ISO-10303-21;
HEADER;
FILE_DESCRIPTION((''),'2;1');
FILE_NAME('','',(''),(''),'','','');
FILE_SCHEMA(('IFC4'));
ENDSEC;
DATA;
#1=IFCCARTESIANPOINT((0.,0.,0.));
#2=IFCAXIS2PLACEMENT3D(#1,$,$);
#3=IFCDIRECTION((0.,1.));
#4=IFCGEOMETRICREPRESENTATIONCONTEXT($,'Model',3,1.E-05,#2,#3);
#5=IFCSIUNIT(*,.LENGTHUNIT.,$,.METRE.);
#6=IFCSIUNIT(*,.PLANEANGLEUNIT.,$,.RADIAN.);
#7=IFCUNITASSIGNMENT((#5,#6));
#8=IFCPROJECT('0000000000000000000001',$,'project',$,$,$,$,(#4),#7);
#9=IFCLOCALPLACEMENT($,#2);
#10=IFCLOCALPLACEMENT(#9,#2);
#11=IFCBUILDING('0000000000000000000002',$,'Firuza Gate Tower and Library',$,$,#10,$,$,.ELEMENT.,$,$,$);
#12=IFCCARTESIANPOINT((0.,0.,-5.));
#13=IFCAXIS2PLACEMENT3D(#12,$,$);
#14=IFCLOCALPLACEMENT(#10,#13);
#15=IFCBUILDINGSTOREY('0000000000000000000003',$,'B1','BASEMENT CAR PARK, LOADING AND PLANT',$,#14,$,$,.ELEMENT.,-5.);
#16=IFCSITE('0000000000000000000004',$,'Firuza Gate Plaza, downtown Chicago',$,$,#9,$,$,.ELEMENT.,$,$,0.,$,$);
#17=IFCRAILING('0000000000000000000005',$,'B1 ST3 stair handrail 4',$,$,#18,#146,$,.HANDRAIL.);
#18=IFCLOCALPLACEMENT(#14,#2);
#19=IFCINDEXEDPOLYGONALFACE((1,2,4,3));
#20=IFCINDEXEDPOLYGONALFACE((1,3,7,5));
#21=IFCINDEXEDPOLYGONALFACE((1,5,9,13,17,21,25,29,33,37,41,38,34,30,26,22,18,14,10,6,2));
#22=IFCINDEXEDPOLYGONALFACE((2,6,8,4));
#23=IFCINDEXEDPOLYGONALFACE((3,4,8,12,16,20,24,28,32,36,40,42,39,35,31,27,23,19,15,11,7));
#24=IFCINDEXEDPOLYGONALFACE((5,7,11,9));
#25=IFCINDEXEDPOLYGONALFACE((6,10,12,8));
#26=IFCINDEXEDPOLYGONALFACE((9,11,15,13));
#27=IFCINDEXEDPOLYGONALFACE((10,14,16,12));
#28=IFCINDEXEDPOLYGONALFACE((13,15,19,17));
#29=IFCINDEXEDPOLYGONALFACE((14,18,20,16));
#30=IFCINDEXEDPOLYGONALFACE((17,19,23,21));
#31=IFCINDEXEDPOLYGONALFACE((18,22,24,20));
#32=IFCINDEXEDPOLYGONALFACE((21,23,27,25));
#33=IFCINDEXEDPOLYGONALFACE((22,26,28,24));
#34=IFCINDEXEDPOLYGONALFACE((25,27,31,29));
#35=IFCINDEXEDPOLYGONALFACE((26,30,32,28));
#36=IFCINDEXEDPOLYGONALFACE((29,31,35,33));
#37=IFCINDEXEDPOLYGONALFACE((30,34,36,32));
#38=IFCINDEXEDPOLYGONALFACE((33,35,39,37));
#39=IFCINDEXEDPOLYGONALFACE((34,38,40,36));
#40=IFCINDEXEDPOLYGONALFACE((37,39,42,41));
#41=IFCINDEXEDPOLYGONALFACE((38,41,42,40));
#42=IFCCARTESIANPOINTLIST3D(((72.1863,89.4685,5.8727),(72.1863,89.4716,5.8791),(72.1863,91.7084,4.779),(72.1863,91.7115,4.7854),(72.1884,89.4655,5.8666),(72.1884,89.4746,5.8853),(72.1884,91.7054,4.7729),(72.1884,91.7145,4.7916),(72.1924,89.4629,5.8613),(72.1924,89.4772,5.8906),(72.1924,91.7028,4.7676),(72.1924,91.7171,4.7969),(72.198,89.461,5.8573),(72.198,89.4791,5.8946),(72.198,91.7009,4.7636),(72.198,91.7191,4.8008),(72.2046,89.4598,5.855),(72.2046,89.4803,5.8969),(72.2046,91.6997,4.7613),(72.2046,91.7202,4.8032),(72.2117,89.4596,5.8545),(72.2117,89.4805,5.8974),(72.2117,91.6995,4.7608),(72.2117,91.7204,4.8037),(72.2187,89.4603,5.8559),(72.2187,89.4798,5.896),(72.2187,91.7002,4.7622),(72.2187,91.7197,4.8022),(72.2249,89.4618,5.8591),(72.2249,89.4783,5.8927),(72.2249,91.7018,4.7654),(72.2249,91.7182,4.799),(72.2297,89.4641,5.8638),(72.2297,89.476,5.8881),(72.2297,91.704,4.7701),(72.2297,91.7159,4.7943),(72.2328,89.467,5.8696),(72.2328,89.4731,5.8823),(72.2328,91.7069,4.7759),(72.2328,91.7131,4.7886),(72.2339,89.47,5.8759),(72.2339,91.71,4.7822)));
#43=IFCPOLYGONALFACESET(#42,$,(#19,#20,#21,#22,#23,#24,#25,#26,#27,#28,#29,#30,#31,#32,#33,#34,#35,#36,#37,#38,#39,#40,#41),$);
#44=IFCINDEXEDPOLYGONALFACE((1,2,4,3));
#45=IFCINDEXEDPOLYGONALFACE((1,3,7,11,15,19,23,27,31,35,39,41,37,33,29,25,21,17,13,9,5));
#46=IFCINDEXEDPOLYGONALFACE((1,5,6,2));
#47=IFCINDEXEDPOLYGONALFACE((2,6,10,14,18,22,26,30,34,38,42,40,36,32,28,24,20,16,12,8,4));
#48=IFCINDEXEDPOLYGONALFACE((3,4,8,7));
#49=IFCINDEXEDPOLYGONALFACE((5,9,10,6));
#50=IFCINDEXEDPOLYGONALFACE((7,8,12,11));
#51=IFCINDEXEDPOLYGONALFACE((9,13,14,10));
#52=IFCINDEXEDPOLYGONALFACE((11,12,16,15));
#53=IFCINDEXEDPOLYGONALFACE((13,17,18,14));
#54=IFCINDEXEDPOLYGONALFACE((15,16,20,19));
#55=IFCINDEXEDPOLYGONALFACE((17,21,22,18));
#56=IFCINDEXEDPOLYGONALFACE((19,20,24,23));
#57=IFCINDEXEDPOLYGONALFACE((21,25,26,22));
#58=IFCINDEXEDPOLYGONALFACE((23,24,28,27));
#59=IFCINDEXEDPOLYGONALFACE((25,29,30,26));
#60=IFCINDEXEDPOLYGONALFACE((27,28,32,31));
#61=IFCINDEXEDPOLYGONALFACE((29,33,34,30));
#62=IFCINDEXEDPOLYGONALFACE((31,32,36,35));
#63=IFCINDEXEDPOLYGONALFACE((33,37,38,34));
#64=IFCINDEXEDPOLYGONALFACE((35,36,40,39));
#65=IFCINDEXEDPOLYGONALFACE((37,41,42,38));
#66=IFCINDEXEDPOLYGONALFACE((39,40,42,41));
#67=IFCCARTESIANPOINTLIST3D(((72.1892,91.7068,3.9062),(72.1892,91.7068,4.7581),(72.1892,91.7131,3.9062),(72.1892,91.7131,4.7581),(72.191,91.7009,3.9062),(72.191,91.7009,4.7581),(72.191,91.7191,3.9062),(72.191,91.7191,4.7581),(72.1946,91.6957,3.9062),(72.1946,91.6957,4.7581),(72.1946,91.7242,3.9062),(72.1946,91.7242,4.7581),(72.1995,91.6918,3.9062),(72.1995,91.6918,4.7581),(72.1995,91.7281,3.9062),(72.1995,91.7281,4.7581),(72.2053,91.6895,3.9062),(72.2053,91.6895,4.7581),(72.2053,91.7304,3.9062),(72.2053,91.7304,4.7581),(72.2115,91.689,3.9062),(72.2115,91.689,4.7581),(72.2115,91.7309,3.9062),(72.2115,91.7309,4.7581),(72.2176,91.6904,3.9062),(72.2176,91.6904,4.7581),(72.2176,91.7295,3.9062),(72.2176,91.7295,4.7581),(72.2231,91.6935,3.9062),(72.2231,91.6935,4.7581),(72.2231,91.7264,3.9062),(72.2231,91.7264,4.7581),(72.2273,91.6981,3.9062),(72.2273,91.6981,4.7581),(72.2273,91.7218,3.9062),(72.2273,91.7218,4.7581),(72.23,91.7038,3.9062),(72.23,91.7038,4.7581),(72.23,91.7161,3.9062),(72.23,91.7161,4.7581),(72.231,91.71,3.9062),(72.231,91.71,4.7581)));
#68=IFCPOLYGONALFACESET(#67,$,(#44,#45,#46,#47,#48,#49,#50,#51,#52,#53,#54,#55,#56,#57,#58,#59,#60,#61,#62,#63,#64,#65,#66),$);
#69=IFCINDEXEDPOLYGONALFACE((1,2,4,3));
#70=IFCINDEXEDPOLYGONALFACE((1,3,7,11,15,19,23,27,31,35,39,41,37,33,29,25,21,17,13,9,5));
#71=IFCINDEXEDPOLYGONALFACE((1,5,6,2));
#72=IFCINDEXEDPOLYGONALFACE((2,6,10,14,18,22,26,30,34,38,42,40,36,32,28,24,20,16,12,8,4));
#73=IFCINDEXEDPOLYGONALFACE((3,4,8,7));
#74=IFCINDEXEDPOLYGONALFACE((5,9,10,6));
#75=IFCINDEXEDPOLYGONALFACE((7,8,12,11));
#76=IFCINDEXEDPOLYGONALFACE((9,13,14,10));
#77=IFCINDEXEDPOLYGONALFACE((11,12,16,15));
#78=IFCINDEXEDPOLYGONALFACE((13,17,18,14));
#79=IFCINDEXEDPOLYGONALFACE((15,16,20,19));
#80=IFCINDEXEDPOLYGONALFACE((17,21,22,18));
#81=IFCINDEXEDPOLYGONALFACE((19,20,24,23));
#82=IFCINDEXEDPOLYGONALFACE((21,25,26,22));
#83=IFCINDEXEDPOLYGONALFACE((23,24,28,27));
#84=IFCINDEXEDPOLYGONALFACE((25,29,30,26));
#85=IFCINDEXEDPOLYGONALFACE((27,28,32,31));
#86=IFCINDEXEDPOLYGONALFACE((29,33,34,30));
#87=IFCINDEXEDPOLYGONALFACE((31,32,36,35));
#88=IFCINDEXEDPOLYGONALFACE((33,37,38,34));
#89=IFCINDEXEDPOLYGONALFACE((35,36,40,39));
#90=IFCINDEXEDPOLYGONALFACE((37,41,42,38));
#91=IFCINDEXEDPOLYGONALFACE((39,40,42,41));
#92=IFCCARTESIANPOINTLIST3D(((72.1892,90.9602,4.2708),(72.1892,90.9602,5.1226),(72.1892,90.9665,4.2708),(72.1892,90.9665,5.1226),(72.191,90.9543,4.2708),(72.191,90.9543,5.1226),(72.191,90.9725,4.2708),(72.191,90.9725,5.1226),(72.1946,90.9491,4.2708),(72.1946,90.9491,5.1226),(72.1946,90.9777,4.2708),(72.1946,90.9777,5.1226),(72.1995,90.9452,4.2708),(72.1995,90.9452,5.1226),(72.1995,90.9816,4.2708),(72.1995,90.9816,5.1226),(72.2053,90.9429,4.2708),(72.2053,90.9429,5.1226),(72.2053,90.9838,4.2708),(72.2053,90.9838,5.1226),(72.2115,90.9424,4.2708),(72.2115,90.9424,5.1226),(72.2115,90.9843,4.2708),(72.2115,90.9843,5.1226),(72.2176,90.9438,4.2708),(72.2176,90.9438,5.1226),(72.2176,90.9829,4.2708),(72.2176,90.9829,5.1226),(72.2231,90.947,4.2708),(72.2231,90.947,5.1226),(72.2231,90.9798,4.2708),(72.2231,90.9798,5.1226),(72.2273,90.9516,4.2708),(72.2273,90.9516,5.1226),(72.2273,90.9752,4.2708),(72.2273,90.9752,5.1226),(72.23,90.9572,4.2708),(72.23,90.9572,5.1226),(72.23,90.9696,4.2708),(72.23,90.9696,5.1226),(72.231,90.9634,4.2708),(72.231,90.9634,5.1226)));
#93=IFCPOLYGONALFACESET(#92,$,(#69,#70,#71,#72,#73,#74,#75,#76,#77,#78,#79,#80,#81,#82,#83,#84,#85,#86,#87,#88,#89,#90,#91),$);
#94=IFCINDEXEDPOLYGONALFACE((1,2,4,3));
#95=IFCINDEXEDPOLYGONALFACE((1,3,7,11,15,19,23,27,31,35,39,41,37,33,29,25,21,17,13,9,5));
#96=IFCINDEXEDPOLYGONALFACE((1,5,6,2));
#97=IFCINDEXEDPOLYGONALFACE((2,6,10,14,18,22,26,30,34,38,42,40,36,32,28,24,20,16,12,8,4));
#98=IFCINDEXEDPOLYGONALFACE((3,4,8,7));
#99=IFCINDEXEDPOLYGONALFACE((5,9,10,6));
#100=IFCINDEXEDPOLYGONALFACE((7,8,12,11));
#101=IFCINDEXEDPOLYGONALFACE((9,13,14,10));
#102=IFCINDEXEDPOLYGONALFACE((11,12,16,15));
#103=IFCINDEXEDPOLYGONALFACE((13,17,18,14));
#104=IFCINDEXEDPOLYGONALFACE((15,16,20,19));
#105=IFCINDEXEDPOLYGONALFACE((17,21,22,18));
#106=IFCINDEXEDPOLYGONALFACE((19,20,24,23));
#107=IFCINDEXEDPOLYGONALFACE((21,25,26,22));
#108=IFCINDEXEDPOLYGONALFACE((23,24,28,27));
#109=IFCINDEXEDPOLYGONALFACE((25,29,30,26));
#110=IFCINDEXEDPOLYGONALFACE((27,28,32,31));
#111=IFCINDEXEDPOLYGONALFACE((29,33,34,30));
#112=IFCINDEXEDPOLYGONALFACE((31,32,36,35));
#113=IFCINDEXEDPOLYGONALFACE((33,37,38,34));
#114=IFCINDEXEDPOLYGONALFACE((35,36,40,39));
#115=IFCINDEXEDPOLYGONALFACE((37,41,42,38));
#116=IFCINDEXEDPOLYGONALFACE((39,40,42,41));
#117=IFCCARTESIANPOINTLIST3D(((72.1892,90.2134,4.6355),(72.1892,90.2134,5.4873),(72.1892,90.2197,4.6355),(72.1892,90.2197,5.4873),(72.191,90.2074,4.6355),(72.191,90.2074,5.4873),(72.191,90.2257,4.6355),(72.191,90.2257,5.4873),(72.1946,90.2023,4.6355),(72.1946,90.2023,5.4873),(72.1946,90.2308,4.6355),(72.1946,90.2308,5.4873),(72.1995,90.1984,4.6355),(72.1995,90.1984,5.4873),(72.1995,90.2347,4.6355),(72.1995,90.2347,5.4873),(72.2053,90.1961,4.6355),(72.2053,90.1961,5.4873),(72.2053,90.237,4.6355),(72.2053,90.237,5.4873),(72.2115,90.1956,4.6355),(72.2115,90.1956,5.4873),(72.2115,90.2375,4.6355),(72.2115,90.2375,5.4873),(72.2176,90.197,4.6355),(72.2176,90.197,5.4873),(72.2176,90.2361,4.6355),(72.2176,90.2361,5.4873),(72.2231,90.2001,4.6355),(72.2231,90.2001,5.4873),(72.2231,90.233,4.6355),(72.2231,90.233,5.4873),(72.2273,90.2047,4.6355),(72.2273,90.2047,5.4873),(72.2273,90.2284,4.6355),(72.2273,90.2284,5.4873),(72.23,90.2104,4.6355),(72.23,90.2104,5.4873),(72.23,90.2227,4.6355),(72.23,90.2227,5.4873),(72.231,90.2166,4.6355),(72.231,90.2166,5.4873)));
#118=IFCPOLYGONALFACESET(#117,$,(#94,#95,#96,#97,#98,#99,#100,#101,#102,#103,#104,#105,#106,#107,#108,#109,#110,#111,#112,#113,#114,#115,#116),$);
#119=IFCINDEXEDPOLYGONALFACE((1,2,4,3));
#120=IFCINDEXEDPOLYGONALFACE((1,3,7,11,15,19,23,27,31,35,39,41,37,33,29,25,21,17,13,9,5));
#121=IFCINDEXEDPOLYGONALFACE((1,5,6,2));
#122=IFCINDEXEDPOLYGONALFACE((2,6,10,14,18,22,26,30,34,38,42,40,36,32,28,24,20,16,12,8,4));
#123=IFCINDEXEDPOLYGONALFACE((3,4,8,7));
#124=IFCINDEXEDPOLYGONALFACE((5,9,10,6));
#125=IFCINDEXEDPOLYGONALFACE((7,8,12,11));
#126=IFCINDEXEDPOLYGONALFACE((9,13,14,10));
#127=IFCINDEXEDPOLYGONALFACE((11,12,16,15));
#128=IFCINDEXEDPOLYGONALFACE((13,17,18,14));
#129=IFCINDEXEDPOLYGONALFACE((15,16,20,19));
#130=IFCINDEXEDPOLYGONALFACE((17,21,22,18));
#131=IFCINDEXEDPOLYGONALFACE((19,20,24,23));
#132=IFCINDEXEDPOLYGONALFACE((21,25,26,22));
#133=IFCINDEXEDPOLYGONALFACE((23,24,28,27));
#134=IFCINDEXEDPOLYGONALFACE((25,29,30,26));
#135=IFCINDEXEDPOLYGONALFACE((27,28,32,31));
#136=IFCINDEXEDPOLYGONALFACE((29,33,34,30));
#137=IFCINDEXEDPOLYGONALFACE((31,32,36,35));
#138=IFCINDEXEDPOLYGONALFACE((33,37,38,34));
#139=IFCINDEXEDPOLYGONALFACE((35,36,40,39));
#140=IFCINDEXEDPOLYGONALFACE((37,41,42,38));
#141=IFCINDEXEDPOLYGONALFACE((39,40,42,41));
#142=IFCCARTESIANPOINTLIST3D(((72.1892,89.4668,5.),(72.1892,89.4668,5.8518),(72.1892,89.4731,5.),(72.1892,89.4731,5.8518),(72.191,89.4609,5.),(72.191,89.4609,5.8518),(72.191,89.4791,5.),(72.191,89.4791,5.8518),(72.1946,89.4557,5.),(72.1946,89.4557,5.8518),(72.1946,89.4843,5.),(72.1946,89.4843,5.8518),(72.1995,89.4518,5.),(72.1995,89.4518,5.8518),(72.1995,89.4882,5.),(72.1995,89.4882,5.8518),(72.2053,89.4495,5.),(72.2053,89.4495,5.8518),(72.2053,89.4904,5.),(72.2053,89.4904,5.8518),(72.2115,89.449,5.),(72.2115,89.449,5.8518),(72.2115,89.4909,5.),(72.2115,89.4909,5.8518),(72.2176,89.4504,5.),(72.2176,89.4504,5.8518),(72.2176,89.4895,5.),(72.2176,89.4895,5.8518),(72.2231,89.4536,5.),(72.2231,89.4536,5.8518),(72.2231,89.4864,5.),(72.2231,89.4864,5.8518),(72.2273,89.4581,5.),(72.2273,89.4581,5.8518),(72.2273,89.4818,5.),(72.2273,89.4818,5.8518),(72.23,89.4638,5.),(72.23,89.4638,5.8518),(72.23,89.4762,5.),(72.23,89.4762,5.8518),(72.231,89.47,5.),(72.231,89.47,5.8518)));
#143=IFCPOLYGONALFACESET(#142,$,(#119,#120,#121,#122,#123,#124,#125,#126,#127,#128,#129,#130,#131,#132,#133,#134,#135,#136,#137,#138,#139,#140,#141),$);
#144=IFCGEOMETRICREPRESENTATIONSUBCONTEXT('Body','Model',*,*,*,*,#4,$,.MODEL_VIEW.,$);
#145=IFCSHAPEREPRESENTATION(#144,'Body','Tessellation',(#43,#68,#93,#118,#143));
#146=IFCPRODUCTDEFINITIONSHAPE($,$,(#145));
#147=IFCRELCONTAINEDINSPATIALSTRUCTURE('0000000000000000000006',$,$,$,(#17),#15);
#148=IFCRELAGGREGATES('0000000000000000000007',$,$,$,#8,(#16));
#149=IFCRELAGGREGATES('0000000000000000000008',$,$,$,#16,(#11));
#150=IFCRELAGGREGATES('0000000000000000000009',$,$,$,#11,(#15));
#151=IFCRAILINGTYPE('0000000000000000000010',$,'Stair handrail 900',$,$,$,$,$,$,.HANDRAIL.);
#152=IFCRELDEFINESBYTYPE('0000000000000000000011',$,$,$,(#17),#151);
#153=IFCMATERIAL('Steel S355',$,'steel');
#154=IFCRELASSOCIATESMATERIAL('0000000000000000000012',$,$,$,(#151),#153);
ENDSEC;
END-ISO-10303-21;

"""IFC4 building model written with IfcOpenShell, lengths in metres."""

from ifc_helpers import new_model, si_unit, direction, frame, origin, origin_2d, place, context, subcontext, project, spatial, circle, extrude, material, type_object, element, save


model = new_model("IFC4")

# Units and contexts
model_context = context("Model", 3, precision=1e-05, world=origin(), true_north=direction((0.0, 1.0)))
body_context = subcontext(model_context, "Body", "Model", "MODEL_VIEW")
ifc_project = project(units=[si_unit("LENGTHUNIT", "METRE"), si_unit("PLANEANGLEUNIT", "RADIAN")], contexts=[model_context])

# Site, building, storey
site_placement = place(None, origin())
site = spatial("IfcSite", under=ifc_project, at=site_placement, Name="Firuza Gate Plaza, downtown Chicago", CompositionType="ELEMENT", RefElevation=0.0)
building_placement = place(site_placement, origin())
building = spatial("IfcBuilding", under=site, at=building_placement, Name="Firuza Gate Tower and Library", CompositionType="ELEMENT")
storey_placement = place(building_placement, frame((0.0, 0.0, -5.0)))
storey = spatial("IfcBuildingStorey", under=building, at=storey_placement, Name="B1", Description="BASEMENT CAR PARK, LOADING AND PLANT", CompositionType="ELEMENT", Elevation=-5.0)

# Railing
ifc_material_1 = material(Name="Steel S355", Category="steel")
railing_type = type_object("IfcRailingType", Name="Stair handrail 900", PredefinedType="HANDRAIL", material=ifc_material_1)
for number, where, name in (
    (1, (72.21, 91.71, 3.9062), "B1 ST3 stair handrail 4"),
):
    element("IfcRailing", number, at=place(storey_placement, frame(where)), inside=storey, type_object=railing_type, Name=name, PredefinedType="HANDRAIL", context=body_context, shape_type="SweptSolid", body=[
        extrude(circle(Radius=0.0239, at=origin_2d()), frame((0.0, 0.0, 0.876), z_axis=(0.0, -0.898599, 0.438771), x_axis=(1.0, 0.0, 0.0)), (0.0, 0.0, 1.0), 2.4927),
        extrude(circle(Radius=0.021, at=origin_2d()), origin(), (0.0, 0.0, 1.0), 0.8518),
        extrude(circle(Radius=0.021, at=origin_2d()), frame((0.0, -0.7466, 0.3645)), (0.0, 0.0, 1.0), 0.8518),
        extrude(circle(Radius=0.021, at=origin_2d()), frame((0.0, -1.4934, 0.7292)), (0.0, 0.0, 1.0), 0.8518),
        extrude(circle(Radius=0.021, at=origin_2d()), frame((0.0, -2.24, 1.0938)), (0.0, 0.0, 1.0), 0.8518),
    ])

save(model, "model.ifc")
